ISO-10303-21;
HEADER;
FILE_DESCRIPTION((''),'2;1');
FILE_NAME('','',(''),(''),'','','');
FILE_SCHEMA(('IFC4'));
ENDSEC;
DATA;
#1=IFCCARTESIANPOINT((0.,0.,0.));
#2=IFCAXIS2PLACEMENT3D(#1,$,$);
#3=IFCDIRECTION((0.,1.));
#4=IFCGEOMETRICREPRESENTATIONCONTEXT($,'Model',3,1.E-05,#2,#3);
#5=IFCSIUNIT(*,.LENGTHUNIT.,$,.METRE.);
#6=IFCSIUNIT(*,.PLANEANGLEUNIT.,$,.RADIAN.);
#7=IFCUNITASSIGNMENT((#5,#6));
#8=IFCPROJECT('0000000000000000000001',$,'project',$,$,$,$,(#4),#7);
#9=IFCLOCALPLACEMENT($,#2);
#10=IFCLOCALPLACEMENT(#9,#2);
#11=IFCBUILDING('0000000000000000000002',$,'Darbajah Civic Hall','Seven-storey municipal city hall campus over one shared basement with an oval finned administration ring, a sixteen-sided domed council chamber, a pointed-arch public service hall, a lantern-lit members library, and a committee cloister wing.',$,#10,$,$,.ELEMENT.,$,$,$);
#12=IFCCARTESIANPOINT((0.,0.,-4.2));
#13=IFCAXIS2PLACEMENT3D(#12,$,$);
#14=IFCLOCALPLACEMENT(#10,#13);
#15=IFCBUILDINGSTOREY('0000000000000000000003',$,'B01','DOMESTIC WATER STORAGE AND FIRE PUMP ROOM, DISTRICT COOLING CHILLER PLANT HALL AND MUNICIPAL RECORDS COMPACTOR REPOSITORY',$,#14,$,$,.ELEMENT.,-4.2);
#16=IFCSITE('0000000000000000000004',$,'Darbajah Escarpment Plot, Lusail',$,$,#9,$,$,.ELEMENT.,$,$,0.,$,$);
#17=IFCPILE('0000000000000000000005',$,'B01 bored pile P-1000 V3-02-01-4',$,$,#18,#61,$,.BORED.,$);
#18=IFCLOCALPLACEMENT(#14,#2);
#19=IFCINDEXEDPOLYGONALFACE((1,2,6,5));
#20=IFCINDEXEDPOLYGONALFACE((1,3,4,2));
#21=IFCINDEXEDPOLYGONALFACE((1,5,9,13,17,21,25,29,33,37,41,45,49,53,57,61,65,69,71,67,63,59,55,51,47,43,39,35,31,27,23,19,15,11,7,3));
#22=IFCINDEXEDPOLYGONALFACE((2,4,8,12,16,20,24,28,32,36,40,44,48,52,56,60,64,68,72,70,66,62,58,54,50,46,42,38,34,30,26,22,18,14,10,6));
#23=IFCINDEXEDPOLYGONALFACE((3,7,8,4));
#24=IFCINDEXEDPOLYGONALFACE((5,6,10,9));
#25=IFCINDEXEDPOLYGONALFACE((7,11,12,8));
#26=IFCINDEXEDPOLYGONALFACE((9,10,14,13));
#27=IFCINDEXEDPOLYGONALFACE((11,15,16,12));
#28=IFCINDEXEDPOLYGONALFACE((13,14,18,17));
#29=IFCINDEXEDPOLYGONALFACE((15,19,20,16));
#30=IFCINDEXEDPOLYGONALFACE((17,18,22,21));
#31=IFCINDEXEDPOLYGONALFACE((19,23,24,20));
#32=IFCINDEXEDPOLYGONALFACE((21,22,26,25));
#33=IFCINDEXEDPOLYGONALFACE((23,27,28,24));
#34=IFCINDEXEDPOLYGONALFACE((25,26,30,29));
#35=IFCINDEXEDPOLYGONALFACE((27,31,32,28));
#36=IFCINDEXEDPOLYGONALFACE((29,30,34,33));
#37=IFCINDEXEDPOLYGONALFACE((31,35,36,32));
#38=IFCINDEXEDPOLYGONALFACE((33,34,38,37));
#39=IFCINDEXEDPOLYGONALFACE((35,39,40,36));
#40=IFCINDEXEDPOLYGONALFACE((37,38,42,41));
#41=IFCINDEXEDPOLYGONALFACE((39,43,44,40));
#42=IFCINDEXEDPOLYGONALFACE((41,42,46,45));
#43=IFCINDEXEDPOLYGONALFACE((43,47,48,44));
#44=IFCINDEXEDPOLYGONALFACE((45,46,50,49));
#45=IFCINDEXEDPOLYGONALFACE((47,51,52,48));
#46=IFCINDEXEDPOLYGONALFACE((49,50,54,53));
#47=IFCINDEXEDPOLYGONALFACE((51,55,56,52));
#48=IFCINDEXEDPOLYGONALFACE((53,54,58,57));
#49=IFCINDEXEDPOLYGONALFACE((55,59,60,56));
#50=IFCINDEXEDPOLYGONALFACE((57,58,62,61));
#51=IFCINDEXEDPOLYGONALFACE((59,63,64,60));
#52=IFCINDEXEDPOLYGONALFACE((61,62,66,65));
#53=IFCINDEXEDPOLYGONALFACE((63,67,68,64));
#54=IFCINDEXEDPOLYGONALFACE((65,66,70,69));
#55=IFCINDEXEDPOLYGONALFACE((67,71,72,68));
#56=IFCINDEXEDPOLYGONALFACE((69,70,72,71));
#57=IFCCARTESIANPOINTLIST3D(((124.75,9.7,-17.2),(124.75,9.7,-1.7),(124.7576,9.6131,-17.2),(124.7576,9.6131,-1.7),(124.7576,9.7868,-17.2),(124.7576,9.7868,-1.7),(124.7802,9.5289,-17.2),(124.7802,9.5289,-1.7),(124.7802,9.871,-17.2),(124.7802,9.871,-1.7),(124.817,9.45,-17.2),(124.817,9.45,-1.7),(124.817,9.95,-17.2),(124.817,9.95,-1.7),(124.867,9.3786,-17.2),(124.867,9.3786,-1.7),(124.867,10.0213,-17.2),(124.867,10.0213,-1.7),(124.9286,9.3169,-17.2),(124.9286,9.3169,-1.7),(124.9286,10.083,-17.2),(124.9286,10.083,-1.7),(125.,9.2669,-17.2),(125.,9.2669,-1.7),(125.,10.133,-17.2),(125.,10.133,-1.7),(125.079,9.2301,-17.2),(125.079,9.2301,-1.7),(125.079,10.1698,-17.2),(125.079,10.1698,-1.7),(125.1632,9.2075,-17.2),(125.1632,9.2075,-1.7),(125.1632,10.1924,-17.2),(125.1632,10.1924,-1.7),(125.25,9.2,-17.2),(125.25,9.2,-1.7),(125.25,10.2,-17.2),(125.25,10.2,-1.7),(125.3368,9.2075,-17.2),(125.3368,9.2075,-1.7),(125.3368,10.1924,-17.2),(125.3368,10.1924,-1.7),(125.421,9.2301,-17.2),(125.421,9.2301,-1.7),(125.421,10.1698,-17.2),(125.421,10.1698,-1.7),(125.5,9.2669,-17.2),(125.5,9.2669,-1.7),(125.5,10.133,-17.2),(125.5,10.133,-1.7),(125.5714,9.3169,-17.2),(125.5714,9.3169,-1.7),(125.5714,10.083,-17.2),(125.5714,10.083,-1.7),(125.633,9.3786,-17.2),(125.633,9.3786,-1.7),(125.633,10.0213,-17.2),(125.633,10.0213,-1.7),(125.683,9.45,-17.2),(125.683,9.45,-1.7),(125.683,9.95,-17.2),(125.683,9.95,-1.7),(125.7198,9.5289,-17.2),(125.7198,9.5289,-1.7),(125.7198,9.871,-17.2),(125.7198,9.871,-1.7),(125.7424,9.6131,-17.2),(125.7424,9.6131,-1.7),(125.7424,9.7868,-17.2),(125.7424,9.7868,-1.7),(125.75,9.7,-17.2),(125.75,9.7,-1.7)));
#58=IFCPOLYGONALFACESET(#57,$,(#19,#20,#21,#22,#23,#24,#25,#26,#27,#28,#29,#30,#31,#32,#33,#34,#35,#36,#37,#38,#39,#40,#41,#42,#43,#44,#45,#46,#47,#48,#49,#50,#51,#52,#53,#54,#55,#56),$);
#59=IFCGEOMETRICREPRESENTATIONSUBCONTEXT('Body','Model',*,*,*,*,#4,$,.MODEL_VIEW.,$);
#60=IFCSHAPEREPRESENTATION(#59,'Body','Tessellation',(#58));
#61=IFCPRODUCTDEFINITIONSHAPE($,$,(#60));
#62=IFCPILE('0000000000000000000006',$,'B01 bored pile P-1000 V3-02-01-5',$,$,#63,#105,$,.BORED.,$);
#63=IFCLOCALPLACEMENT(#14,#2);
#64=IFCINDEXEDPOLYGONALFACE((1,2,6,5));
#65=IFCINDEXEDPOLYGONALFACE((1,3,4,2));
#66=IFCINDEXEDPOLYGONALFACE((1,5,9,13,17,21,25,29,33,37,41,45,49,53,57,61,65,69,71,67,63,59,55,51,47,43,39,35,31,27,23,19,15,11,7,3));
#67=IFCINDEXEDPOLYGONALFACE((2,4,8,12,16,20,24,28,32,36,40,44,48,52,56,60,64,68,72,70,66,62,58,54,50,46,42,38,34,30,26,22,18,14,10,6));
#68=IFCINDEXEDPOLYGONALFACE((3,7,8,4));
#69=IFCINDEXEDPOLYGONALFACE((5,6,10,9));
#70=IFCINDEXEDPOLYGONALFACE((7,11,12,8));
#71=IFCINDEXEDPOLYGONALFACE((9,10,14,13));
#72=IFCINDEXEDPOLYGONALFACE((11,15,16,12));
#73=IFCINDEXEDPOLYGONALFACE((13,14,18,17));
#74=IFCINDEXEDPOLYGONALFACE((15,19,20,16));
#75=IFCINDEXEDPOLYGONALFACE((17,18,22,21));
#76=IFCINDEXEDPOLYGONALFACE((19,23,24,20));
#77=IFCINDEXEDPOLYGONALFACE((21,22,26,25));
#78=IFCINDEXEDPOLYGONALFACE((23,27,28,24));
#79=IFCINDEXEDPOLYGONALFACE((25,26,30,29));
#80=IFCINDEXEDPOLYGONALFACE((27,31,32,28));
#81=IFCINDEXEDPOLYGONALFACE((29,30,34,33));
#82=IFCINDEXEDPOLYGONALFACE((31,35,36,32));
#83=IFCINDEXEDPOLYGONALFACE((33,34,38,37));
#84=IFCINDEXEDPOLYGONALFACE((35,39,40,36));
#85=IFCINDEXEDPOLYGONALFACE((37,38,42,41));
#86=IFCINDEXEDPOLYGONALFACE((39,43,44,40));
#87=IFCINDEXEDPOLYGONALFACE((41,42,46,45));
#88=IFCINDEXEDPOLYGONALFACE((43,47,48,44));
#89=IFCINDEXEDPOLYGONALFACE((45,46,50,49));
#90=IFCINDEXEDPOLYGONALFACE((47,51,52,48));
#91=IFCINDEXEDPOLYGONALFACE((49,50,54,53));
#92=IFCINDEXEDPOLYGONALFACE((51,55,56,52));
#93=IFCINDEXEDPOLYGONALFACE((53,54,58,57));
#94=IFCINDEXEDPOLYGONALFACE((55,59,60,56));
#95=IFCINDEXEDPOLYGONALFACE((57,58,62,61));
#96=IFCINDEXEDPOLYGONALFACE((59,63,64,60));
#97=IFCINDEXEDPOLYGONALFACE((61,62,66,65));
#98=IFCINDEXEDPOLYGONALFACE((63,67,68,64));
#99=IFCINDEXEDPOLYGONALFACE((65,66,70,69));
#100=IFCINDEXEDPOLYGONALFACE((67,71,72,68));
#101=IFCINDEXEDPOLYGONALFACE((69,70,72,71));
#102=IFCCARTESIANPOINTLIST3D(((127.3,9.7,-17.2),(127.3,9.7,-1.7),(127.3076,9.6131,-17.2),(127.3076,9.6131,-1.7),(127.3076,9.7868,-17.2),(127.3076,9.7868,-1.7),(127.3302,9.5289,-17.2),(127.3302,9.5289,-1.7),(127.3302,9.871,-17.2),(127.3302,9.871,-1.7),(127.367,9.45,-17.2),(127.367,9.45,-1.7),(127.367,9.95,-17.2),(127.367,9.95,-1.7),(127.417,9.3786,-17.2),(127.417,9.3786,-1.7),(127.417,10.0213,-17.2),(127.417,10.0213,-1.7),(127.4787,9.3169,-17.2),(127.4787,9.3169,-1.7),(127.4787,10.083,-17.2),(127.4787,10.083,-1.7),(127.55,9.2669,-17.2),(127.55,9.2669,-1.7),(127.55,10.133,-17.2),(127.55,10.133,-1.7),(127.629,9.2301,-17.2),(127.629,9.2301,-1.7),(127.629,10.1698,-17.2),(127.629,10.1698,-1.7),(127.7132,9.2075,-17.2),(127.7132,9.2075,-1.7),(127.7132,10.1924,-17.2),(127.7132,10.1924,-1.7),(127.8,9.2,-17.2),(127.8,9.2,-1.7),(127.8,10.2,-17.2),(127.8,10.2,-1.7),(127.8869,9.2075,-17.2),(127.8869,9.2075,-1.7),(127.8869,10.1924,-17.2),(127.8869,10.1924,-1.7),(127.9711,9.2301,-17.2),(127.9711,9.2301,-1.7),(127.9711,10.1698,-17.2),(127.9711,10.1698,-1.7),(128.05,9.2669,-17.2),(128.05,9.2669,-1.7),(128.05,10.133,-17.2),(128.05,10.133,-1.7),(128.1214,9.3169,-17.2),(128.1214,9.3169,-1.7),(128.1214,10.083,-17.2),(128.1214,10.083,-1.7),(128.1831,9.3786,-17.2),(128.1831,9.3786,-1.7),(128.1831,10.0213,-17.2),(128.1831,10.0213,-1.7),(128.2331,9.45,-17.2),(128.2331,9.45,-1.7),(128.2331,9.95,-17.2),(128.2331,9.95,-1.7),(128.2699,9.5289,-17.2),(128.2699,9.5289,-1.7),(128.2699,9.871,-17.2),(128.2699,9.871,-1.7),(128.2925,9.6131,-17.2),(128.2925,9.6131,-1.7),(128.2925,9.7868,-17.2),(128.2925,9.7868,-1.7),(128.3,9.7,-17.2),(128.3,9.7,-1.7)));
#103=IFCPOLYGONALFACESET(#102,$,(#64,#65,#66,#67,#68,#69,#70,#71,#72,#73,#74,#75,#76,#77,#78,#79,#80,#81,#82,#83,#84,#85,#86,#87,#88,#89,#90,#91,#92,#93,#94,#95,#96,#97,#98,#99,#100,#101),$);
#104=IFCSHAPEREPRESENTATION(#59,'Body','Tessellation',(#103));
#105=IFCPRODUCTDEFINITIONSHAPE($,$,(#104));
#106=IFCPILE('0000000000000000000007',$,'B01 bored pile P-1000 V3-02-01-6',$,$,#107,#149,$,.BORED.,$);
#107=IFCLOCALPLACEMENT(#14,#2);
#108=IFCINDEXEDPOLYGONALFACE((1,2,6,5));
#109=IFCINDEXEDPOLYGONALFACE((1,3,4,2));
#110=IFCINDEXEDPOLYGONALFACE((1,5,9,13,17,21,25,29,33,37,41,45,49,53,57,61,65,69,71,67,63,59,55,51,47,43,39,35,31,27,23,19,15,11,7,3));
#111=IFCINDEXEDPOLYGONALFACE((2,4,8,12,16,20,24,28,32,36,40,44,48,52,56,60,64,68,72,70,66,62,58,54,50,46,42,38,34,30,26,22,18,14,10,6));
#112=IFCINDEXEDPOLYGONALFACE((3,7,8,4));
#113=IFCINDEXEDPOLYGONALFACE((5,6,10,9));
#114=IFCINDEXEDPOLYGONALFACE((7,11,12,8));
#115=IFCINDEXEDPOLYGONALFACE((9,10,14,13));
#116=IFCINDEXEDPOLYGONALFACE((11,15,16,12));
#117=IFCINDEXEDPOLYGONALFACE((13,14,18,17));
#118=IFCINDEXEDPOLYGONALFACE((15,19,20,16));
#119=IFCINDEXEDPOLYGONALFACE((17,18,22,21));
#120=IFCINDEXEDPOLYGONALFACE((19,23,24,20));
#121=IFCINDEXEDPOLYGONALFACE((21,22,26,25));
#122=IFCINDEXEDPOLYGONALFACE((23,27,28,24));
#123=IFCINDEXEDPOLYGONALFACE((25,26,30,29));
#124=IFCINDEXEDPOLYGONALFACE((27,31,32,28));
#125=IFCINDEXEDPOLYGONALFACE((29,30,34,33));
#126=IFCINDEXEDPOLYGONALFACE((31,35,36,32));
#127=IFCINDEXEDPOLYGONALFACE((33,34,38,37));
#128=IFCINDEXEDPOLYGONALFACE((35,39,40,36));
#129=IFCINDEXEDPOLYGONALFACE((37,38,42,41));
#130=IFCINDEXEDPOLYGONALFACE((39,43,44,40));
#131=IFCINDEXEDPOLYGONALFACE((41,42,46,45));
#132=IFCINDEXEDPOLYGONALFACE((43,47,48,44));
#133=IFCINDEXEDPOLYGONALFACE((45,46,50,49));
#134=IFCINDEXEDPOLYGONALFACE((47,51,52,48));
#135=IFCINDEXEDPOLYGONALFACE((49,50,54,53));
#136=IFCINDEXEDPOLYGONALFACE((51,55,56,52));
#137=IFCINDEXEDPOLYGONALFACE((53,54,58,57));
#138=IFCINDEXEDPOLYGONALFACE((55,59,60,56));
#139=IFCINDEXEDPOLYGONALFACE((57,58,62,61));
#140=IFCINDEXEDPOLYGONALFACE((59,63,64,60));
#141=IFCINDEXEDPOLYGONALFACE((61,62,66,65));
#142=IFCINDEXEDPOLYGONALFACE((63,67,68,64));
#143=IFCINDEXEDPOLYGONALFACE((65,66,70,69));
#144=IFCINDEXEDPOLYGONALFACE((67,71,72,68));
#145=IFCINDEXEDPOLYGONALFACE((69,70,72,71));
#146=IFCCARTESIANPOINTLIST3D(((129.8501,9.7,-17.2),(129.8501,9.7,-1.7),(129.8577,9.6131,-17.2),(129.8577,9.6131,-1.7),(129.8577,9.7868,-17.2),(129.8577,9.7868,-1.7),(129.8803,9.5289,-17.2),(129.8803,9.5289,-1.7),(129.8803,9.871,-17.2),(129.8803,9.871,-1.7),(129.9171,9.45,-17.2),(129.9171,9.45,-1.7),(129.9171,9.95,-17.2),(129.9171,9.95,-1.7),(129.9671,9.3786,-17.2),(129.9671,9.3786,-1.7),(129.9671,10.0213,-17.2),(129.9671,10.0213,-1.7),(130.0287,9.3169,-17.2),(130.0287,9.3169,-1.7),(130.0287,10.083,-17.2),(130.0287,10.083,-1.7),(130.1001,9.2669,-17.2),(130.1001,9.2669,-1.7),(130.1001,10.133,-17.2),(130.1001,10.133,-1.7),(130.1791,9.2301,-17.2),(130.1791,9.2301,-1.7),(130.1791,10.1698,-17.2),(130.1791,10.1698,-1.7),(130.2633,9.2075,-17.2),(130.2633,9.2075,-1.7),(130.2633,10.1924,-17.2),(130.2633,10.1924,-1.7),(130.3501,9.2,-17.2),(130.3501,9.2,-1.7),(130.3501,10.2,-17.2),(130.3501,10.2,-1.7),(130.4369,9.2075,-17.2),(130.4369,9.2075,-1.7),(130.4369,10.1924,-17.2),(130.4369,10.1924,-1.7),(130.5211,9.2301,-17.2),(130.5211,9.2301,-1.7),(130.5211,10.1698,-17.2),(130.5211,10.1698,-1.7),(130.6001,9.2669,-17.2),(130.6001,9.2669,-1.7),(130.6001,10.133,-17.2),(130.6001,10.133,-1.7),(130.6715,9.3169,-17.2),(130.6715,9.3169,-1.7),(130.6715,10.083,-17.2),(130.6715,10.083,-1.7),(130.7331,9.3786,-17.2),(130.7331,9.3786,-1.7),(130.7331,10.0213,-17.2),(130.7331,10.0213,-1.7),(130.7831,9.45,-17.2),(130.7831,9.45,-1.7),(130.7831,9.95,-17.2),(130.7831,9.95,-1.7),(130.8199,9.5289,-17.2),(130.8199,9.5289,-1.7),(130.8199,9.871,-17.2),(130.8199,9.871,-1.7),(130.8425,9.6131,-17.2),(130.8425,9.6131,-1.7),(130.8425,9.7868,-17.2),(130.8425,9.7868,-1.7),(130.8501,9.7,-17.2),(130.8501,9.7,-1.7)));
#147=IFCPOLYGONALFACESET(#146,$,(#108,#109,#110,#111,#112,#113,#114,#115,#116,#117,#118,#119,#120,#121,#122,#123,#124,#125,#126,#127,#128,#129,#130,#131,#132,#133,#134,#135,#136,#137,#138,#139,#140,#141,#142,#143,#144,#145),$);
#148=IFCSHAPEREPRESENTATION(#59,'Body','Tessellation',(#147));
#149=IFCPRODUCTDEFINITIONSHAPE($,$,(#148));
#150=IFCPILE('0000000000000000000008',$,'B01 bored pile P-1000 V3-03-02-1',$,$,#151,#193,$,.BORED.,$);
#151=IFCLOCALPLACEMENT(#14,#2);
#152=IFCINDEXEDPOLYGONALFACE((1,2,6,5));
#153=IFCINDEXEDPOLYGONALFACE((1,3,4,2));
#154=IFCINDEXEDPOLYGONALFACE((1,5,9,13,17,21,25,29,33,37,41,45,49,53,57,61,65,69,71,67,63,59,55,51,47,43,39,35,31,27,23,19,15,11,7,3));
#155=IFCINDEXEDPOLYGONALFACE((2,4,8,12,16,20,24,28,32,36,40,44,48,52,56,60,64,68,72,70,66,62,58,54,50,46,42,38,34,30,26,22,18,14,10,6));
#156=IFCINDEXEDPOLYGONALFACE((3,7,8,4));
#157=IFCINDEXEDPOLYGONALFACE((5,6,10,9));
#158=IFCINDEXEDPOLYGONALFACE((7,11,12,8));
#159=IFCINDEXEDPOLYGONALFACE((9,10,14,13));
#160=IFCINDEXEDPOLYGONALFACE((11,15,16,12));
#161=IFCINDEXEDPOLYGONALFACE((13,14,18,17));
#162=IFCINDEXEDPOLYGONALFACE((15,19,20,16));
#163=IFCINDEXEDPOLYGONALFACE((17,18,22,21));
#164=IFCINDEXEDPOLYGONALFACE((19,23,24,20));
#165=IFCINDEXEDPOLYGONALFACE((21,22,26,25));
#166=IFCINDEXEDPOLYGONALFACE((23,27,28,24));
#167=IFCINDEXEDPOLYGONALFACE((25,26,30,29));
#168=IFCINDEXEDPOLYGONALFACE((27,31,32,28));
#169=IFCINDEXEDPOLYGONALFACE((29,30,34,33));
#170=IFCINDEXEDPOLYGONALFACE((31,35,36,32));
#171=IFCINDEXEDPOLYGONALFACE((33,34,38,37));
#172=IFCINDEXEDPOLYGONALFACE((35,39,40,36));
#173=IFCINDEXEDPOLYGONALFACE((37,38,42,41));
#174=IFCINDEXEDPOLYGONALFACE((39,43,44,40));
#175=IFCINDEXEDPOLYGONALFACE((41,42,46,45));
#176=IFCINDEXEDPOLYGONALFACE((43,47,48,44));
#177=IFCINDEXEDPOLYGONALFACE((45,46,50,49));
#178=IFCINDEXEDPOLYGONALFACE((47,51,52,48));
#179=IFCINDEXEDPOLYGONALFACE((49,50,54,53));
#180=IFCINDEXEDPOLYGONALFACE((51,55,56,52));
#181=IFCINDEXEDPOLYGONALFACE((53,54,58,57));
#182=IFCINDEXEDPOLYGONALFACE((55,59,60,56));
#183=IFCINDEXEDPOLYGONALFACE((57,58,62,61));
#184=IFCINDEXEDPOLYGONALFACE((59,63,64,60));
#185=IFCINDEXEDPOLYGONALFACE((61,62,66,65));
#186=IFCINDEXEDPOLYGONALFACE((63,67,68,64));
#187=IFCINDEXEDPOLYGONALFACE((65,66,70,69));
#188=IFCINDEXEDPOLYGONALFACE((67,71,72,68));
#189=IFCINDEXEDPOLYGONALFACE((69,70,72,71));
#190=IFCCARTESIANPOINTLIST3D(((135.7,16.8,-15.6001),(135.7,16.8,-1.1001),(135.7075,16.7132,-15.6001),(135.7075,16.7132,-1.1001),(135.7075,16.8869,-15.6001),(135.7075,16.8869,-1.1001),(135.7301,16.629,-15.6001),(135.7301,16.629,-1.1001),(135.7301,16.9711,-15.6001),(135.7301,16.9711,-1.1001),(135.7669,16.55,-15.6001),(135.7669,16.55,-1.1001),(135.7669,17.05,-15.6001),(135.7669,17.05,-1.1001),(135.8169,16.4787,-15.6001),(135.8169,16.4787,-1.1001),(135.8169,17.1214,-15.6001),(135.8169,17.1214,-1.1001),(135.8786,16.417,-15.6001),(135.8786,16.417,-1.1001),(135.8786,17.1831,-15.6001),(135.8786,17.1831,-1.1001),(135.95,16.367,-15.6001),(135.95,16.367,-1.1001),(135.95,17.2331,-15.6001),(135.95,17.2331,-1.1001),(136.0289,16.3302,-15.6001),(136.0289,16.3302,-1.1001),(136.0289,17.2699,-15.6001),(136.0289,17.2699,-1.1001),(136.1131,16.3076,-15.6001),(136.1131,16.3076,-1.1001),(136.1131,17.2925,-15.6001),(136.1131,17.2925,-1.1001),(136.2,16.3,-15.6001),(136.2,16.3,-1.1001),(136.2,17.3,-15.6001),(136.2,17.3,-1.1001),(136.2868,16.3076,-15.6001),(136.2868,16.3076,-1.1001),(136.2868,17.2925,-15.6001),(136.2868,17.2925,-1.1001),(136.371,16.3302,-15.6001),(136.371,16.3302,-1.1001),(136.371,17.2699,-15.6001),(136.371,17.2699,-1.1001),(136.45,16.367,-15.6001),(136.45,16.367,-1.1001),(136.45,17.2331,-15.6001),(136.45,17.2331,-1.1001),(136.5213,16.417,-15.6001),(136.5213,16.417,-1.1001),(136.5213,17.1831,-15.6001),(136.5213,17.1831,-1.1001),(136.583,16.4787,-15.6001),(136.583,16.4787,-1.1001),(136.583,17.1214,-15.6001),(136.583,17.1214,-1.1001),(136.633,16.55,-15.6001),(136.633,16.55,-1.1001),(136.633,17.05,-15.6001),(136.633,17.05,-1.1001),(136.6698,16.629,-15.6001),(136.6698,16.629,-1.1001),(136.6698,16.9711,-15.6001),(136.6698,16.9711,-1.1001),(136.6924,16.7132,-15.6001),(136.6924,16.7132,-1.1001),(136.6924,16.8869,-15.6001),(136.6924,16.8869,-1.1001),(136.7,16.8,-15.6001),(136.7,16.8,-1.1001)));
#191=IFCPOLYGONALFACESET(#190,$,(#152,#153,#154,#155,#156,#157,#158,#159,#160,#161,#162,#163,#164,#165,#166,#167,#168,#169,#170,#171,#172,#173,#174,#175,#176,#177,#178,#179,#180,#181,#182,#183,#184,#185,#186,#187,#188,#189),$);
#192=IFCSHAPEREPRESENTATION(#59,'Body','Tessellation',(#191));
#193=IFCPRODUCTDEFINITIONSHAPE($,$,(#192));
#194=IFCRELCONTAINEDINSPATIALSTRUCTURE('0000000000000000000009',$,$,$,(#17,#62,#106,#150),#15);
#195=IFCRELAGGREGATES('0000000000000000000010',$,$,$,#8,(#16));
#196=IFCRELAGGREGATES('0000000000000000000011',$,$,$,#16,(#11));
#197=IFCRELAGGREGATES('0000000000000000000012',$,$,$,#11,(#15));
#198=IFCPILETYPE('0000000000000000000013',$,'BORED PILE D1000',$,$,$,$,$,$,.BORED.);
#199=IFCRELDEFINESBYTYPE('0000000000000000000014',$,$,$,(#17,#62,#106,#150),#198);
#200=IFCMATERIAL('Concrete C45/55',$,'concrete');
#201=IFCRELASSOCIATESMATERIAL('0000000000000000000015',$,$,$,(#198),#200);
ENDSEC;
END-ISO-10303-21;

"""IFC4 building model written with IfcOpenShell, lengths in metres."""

from ifc_helpers import new_model, si_unit, direction, frame, origin, origin_2d, place, context, subcontext, project, spatial, circle, extrude, material, material_profile, profile_set, type_object, element, save


model = new_model("IFC4")

# Units and contexts
model_context = context("Model", 3, precision=1e-05, world=origin(), true_north=direction((0.0, 1.0)))
body_context = subcontext(model_context, "Body", "Model", "MODEL_VIEW")
ifc_project = project(units=[si_unit("LENGTHUNIT", "METRE"), si_unit("PLANEANGLEUNIT", "RADIAN")], contexts=[model_context])

# Site, building, storey
site_placement = place(None, origin())
site = spatial("IfcSite", under=ifc_project, at=site_placement, Name="Darbajah Escarpment Plot, Lusail", CompositionType="ELEMENT", RefElevation=0.0)
building_placement = place(site_placement, origin())
building = spatial("IfcBuilding", under=site, at=building_placement, Name="Darbajah Civic Hall", Description="Seven-storey municipal city hall campus over one shared basement with an oval finned administration ring, a sixteen-sided domed council chamber, a pointed-arch public service hall, a lantern-lit members library, and a committee cloister wing.", CompositionType="ELEMENT")
storey_placement = place(building_placement, frame((0.0, 0.0, -4.2)))
storey = spatial("IfcBuildingStorey", under=building, at=storey_placement, Name="B01", Description="DOMESTIC WATER STORAGE AND FIRE PUMP ROOM, DISTRICT COOLING CHILLER PLANT HALL AND MUNICIPAL RECORDS COMPACTOR REPOSITORY", CompositionType="ELEMENT", Elevation=-4.2)

# Piles
ifc_material_1 = material(Name="Concrete C45/55", Category="concrete")
ifc_material_profile_1 = material_profile(ifc_material_1, circle(Radius=0.5, at=origin_2d()), Name="BORED PILE D1000")
ifc_profile_set_1 = profile_set([ifc_material_profile_1], Name="Concrete C45/55")
pile_type_1 = type_object("IfcPileType", Name="BORED PILE D1000", PredefinedType="BORED", material=ifc_profile_set_1)
for number, where, z_axis, x_axis, name in (
    (1, (125.25, 9.7, -1.7), (0.0, 0.0, -1.0), (1.0, 0.0, 0.0), "B01 bored pile P-1000 V3-02-01-4"),
    (2, (127.8, 9.7, -1.7), (0.0, 0.0, -1.0), (1.0, 0.0, 0.0), "B01 bored pile P-1000 V3-02-01-5"),
    (3, (130.3501, 9.7, -1.7), (0.0, 0.0, -1.0), (1.0, 0.0, 0.0), "B01 bored pile P-1000 V3-02-01-6"),
):
    element("IfcPile", number, at=place(storey_placement, frame(where, z_axis=z_axis, x_axis=x_axis)), inside=storey, type_object=pile_type_1, Name=name, PredefinedType="BORED", context=body_context, shape_type="SweptSolid", body=[
        extrude(circle(Radius=0.5, at=origin_2d()), origin(), (0.0, 0.0, 1.0), 15.5),
    ])
pile_placement = place(storey_placement, frame((136.2, 16.8, -1.1001), z_axis=(0.0, 0.0, -1.0), x_axis=(1.0, 0.0, 0.0)))
element("IfcPile", 4, at=pile_placement, inside=storey, type_object=pile_type_1, Name="B01 bored pile P-1000 V3-03-02-1", PredefinedType="BORED", context=body_context, shape_type="SweptSolid", body=[
    extrude(circle(Radius=0.5, at=origin_2d()), origin(), (0.0, 0.0, 1.0), 14.5),
])

save(model, "model.ifc")
